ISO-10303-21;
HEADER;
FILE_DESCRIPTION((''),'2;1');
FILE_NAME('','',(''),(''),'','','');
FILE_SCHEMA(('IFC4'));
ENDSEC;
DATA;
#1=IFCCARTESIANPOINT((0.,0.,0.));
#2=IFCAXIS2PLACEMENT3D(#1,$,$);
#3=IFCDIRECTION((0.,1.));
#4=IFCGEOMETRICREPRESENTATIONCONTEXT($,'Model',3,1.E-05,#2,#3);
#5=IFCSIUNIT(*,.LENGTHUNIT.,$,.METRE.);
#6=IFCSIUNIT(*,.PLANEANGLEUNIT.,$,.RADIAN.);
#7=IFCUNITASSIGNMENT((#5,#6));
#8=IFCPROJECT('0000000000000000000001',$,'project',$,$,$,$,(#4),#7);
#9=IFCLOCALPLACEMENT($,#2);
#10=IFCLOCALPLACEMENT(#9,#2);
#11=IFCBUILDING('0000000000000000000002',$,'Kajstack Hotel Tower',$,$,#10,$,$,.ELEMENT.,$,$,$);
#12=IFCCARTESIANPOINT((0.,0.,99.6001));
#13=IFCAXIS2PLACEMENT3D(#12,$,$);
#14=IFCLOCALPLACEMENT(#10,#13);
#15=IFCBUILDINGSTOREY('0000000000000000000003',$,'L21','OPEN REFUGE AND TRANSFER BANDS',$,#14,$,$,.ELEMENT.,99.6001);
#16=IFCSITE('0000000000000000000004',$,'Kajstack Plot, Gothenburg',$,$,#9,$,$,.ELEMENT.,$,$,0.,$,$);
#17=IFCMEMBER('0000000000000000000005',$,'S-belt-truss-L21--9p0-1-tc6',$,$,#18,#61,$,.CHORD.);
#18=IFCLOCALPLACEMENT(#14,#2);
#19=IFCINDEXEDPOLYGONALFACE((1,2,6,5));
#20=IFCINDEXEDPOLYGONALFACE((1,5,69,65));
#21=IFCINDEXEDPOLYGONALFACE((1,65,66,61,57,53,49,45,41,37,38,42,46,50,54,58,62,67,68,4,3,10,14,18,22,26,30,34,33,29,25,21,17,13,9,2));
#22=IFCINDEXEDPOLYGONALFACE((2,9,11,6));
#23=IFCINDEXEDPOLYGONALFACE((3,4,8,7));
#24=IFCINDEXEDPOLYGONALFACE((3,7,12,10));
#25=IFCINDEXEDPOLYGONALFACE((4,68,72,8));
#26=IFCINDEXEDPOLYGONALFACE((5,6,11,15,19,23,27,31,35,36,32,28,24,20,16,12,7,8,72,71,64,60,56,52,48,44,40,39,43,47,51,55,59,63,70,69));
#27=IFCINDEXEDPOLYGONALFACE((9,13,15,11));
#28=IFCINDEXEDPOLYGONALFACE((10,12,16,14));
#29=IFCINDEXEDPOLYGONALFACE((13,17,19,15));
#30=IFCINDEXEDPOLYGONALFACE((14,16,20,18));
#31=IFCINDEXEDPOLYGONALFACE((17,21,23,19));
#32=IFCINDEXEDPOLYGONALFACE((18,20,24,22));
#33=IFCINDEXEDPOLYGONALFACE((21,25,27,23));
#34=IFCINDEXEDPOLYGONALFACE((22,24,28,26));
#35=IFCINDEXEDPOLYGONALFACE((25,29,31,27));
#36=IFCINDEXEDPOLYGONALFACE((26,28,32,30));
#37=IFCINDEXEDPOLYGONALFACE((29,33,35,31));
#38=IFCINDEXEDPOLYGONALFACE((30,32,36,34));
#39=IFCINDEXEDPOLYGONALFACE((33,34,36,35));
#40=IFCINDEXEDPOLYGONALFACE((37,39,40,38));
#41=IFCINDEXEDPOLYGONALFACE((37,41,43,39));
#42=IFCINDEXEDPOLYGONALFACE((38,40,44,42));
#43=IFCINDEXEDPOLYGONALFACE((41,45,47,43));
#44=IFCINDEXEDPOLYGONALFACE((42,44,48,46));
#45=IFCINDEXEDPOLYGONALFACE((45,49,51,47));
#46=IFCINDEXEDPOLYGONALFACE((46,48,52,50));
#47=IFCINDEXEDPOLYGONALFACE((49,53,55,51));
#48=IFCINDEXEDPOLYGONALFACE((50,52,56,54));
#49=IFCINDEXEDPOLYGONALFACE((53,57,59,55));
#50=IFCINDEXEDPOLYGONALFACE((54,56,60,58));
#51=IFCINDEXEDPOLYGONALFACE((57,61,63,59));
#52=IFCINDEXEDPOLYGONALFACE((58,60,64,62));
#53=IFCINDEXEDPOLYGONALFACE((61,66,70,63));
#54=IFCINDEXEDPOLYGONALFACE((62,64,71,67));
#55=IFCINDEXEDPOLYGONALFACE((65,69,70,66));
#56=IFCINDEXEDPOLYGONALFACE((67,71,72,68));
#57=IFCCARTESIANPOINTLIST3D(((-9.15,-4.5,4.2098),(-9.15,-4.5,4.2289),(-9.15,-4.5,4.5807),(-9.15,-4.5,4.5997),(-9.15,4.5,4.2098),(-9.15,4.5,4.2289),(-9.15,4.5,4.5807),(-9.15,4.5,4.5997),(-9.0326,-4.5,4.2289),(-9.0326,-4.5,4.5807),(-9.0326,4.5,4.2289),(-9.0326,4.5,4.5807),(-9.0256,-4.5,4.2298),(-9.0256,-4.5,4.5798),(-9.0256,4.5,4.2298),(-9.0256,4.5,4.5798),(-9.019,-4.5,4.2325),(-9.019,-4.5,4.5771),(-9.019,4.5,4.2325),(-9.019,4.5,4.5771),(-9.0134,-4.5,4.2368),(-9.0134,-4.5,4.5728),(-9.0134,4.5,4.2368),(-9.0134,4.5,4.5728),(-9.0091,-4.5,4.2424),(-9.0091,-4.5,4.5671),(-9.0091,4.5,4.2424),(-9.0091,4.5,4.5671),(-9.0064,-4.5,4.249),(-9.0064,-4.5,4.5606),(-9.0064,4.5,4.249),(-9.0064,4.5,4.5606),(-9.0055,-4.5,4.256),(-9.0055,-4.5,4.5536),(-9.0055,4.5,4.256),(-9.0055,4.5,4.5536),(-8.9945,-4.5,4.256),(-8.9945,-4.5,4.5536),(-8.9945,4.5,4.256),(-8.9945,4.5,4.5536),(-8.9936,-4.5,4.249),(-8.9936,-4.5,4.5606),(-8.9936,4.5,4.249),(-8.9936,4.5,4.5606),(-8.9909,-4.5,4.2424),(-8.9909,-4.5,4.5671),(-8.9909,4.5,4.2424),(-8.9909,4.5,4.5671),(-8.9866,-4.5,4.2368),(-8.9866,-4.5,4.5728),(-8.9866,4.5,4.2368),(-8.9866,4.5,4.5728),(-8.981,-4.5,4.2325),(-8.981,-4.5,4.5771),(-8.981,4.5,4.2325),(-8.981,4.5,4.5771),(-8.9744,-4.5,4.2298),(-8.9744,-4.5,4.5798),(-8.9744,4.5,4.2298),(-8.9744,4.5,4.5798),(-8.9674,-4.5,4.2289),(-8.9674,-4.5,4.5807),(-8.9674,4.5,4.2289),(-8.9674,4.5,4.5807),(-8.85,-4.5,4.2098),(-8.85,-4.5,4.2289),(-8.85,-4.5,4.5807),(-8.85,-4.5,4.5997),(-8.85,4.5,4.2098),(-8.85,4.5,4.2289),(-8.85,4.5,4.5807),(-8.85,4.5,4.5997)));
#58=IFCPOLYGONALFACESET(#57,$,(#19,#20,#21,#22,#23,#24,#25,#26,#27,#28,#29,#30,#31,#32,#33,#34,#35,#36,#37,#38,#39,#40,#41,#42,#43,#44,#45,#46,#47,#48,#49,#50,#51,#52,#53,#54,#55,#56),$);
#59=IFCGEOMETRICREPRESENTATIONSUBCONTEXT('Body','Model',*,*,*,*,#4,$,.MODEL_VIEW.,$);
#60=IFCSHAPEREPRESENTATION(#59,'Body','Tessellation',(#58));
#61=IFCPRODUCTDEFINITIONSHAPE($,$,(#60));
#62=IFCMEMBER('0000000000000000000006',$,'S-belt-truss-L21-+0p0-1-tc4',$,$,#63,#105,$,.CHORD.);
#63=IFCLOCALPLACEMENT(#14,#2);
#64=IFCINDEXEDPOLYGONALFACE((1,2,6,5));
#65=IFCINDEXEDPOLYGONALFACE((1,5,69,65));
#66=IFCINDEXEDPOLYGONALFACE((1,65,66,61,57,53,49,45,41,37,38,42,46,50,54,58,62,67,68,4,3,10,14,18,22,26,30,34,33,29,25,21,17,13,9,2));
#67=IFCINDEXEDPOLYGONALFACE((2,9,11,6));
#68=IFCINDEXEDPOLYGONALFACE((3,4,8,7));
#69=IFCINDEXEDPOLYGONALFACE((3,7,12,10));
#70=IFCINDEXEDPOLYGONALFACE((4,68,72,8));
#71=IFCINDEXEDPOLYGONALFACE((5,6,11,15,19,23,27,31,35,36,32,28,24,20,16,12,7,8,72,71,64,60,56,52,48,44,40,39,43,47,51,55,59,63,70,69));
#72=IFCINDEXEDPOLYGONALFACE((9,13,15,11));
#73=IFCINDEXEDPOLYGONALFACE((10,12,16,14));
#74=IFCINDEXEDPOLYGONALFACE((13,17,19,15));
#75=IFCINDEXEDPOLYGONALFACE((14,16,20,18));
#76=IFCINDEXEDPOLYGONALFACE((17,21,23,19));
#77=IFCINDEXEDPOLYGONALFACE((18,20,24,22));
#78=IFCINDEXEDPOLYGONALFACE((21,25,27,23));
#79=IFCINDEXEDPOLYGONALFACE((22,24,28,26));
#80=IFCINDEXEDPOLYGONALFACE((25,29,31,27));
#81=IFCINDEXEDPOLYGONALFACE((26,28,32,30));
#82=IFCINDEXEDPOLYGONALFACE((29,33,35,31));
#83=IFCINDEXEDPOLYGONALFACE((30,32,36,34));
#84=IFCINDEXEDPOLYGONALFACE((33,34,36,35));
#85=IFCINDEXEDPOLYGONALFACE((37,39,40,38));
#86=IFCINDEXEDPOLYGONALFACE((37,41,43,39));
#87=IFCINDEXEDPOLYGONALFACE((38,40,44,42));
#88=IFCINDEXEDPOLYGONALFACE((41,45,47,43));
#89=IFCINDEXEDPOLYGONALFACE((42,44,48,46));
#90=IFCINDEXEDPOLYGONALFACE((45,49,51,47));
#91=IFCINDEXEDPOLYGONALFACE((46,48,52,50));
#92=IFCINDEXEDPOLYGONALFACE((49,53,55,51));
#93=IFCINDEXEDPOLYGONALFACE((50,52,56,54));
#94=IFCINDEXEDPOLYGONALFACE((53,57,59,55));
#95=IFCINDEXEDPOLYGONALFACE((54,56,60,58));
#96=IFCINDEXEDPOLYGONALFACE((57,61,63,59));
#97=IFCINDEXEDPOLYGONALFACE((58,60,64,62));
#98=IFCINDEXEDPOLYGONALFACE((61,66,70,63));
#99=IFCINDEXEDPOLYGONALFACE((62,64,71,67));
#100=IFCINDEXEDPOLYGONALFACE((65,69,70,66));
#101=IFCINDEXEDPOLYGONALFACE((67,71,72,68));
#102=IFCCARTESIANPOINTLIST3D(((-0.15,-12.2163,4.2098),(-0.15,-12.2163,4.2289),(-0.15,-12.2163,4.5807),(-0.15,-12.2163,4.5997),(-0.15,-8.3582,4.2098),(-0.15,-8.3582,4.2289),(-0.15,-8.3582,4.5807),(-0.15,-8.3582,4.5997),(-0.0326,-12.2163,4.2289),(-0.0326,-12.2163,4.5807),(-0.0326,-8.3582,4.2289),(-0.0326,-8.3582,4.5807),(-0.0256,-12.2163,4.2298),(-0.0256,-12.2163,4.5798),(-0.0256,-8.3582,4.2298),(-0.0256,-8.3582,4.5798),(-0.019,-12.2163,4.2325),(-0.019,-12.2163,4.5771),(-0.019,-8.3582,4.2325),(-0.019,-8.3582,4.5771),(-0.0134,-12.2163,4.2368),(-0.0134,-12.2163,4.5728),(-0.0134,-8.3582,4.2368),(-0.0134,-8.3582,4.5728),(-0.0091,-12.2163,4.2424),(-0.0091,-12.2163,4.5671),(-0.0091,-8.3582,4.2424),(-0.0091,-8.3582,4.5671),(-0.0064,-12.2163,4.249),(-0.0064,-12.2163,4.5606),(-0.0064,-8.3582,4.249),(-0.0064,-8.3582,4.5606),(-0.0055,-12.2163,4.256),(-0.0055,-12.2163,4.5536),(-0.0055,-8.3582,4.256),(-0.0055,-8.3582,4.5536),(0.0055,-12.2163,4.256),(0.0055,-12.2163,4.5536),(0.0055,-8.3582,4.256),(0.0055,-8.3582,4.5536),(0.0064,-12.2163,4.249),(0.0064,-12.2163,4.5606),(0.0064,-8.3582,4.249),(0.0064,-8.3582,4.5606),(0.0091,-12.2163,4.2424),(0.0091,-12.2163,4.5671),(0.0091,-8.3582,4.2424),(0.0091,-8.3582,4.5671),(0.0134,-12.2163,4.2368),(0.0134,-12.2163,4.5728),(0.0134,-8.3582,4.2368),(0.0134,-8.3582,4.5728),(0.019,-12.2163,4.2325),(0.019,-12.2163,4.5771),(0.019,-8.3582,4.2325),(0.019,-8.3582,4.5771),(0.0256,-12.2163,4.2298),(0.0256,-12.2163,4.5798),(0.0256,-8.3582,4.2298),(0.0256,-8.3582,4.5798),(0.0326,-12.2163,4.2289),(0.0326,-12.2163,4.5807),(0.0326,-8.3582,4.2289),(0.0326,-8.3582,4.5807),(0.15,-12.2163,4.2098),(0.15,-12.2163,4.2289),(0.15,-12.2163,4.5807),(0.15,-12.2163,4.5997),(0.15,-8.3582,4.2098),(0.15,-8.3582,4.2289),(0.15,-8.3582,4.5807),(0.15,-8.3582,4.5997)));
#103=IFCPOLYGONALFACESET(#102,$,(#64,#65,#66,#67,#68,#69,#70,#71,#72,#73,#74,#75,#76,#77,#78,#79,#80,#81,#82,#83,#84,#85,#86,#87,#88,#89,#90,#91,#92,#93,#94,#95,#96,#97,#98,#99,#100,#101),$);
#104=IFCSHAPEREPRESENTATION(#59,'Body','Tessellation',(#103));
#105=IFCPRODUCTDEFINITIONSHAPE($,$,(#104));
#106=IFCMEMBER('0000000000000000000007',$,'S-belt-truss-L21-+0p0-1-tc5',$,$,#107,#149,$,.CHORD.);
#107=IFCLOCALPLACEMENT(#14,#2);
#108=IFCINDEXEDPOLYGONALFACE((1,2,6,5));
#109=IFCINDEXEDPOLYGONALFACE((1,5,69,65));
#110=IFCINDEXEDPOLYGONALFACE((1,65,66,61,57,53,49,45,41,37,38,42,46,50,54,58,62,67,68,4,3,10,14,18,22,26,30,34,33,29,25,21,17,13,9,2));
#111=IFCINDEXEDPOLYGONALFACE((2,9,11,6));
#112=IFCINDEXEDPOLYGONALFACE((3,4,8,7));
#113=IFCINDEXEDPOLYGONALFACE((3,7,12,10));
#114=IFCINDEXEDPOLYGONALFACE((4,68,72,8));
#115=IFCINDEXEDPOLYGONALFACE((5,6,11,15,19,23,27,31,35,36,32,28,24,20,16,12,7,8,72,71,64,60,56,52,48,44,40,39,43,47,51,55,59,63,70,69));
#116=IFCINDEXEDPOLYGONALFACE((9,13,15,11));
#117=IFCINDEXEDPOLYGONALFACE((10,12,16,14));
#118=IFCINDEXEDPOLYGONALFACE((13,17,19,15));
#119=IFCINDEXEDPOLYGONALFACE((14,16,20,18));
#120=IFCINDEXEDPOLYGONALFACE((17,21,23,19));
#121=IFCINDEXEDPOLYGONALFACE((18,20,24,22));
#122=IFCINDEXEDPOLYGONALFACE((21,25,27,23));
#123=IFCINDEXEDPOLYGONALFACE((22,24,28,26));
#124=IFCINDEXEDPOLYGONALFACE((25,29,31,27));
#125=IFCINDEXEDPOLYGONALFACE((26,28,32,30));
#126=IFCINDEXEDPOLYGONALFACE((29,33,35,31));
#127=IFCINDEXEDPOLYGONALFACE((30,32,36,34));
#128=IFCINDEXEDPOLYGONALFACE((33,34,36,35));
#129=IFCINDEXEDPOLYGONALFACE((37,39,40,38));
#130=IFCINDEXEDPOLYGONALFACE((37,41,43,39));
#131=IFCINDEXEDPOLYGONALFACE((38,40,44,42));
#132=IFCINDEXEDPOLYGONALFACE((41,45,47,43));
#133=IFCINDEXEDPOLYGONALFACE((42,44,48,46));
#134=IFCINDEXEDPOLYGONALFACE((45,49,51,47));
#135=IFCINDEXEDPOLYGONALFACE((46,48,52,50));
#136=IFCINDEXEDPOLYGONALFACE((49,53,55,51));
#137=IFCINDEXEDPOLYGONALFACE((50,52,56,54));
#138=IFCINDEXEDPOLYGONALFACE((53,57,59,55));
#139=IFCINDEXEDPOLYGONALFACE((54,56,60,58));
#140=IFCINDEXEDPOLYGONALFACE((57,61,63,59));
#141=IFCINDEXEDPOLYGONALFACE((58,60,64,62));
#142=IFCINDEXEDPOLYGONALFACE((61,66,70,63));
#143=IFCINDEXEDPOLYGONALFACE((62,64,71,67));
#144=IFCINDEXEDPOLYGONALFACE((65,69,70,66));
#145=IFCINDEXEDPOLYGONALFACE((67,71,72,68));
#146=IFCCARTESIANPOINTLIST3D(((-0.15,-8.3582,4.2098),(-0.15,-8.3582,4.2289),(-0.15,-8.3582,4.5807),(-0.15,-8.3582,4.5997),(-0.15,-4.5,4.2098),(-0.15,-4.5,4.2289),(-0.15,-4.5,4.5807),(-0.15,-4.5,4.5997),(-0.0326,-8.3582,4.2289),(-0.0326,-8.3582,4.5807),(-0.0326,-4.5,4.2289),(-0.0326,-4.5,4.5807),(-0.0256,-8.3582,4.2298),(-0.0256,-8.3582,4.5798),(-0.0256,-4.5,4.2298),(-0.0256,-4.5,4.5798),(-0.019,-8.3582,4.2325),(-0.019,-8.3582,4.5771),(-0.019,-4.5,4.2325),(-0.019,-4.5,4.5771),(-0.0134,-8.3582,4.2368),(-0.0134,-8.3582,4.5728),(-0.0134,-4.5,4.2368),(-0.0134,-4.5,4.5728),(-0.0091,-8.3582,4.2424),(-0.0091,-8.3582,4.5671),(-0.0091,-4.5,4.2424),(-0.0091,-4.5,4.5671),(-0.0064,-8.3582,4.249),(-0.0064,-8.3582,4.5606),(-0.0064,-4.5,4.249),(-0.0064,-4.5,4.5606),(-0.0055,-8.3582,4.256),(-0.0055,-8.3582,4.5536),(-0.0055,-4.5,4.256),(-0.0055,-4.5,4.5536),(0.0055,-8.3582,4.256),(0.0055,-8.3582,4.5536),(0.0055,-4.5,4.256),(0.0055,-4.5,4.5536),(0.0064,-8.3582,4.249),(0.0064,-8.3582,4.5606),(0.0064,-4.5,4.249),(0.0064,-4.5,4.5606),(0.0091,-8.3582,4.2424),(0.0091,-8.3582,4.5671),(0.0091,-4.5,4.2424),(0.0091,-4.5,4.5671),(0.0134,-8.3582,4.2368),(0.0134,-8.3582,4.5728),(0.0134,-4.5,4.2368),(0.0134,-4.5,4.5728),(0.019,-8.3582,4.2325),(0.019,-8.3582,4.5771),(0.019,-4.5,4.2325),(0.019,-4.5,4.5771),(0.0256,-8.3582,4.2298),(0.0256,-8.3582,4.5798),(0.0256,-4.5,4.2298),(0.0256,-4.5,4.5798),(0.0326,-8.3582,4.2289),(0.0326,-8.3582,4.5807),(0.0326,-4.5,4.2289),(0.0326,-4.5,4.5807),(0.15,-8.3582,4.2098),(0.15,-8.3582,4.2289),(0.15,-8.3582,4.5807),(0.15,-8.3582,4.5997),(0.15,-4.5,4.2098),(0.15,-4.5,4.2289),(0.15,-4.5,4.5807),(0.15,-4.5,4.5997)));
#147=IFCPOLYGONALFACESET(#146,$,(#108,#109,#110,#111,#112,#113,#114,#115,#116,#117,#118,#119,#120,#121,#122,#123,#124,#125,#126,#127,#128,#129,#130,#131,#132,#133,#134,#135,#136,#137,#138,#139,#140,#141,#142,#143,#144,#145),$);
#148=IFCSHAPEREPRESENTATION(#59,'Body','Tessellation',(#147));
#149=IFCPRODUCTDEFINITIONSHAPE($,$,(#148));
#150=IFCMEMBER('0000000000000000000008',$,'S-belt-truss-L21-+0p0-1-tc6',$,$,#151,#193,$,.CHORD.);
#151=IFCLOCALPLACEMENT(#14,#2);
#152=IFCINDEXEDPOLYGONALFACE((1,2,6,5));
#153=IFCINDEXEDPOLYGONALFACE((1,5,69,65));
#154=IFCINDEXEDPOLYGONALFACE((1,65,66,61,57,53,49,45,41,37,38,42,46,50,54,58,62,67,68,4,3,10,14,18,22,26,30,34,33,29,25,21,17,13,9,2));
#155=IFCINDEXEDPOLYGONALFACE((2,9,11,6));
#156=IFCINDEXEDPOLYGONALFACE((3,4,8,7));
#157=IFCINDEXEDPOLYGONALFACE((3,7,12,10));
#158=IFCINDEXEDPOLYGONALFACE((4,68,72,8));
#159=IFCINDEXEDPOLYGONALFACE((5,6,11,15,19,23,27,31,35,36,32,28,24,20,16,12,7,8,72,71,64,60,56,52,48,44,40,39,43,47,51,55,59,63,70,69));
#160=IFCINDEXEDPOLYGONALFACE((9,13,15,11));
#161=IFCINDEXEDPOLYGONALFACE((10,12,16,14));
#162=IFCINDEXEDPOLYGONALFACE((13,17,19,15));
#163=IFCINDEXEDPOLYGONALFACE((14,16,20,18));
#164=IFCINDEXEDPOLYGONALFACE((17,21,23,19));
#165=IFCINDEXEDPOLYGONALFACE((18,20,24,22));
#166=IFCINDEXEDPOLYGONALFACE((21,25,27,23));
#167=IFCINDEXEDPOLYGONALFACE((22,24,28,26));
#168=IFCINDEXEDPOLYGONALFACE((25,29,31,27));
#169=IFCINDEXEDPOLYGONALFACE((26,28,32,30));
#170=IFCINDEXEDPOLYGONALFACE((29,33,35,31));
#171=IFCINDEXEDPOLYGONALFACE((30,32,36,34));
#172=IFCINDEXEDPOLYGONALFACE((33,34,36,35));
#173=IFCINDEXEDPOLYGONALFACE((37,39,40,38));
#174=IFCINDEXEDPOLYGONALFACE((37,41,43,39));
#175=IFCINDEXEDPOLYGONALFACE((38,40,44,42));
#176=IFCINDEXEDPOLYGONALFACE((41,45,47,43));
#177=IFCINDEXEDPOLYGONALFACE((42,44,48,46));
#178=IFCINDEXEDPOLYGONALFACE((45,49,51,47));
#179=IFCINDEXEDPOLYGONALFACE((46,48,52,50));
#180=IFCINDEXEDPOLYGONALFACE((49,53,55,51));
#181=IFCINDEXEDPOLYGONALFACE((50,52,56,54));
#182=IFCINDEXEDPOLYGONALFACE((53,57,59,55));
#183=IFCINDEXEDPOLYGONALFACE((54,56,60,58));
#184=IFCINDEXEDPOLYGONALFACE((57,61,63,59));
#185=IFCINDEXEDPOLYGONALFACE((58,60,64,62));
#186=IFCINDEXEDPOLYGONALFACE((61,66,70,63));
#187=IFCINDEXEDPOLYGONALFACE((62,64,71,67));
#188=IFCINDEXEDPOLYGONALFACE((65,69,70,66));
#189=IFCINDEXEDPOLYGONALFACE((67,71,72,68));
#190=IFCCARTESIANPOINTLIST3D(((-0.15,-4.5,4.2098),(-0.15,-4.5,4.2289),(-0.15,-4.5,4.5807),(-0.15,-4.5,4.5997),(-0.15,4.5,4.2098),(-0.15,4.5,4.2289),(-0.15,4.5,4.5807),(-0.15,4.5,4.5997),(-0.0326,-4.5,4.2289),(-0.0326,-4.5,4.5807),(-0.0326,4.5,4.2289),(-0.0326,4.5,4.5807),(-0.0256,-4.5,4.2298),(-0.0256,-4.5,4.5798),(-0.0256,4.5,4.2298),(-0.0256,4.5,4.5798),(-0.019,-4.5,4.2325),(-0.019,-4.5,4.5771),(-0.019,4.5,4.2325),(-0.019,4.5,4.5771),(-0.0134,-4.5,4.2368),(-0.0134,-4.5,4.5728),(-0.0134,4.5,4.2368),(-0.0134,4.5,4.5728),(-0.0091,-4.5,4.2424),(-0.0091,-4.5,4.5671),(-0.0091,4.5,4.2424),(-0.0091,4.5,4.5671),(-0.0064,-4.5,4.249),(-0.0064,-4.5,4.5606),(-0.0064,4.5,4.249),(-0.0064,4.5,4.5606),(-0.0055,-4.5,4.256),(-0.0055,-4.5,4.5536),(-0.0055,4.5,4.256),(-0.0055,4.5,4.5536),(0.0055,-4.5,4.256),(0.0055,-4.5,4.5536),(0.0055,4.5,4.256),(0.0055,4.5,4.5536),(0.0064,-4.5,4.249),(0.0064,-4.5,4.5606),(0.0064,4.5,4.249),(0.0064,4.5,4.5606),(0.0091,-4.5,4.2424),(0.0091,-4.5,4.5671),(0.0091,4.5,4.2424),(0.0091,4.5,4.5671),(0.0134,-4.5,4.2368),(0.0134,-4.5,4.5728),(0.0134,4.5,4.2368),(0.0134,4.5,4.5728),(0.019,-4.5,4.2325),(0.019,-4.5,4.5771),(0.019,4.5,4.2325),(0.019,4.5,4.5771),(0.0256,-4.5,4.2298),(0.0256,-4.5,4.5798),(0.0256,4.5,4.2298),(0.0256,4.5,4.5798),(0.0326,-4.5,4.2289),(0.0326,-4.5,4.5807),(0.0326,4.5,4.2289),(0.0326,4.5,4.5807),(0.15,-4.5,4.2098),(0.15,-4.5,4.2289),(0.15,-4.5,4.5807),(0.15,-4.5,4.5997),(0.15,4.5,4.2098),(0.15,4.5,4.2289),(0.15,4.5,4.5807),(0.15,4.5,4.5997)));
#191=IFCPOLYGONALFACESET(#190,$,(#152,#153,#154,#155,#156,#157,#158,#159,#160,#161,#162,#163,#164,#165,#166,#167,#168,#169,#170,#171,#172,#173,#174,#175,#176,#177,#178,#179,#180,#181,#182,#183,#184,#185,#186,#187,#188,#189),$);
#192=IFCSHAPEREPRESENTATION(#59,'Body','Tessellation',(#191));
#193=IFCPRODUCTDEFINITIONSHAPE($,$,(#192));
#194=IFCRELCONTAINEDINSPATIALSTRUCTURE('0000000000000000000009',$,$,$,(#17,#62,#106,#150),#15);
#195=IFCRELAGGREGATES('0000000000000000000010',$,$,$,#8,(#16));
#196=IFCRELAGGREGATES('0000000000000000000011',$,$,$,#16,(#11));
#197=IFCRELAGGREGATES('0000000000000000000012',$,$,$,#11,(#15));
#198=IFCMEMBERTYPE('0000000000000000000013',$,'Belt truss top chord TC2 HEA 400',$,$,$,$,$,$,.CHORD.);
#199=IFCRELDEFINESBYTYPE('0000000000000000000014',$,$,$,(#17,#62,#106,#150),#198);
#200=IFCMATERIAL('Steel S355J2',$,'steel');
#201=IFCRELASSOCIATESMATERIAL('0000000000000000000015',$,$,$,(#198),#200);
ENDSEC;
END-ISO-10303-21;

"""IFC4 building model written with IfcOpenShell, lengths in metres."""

from ifc_helpers import new_model, si_unit, direction, frame, origin, origin_2d, place, context, subcontext, project, spatial, i_section, extrude, material, material_profile, profile_set, type_object, element, save


model = new_model("IFC4")

# Units and contexts
model_context = context("Model", 3, precision=1e-05, world=origin(), true_north=direction((0.0, 1.0)))
body_context = subcontext(model_context, "Body", "Model", "MODEL_VIEW")
ifc_project = project(units=[si_unit("LENGTHUNIT", "METRE"), si_unit("PLANEANGLEUNIT", "RADIAN")], contexts=[model_context])

# Site, building, storey
site_placement = place(None, origin())
site = spatial("IfcSite", under=ifc_project, at=site_placement, Name="Kajstack Plot, Gothenburg", CompositionType="ELEMENT", RefElevation=0.0)
building_placement = place(site_placement, origin())
building = spatial("IfcBuilding", under=site, at=building_placement, Name="Kajstack Hotel Tower", CompositionType="ELEMENT")
storey_placement = place(building_placement, frame((0.0, 0.0, 99.6001)))
storey = spatial("IfcBuildingStorey", under=building, at=storey_placement, Name="L21", Description="OPEN REFUGE AND TRANSFER BANDS", CompositionType="ELEMENT", Elevation=99.6001)

# Members
ifc_material_1 = material(Name="Steel S355J2", Category="steel")
ifc_material_profile_1 = material_profile(ifc_material_1, i_section(OverallWidth=0.3, OverallDepth=0.3899, WebThickness=0.011, FlangeThickness=0.019, FilletRadius=0.0271, at=origin_2d()), Name="HEA 400")
ifc_profile_set_1 = profile_set([ifc_material_profile_1], Name="Steel S355J2")
member_type_1 = type_object("IfcMemberType", Name="Belt truss top chord TC2 HEA 400", PredefinedType="CHORD", material=ifc_profile_set_1)
member_1_placement = place(storey_placement, frame((-9.0, -4.5, 4.4048), z_axis=(0.0, 1.0, 0.0), x_axis=(-1.0, 0.0, 0.0)))
element("IfcMember", 1, at=member_1_placement, inside=storey, type_object=member_type_1, Name="S-belt-truss-L21--9p0-1-tc6", PredefinedType="CHORD", context=body_context, shape_type="SweptSolid", body=[
    extrude(i_section(OverallWidth=0.3, OverallDepth=0.3899, WebThickness=0.011, FlangeThickness=0.019, FilletRadius=0.0271, at=origin_2d()), origin(), (0.0, 0.0, 1.0), 9.0),
])
for number, where, z_axis, x_axis, name in (
    (2, (0.0, -12.2163, 4.4048), (0.0, 1.0, 0.0), (-1.0, 0.0, 0.0), "S-belt-truss-L21-+0p0-1-tc4"),
    (3, (0.0, -8.3582, 4.4048), (0.0, 1.0, 0.0), (-1.0, 0.0, 0.0), "S-belt-truss-L21-+0p0-1-tc5"),
):
    element("IfcMember", number, at=place(storey_placement, frame(where, z_axis=z_axis, x_axis=x_axis)), inside=storey, type_object=member_type_1, Name=name, PredefinedType="CHORD", context=body_context, shape_type="SweptSolid", body=[
        extrude(i_section(OverallWidth=0.3, OverallDepth=0.3899, WebThickness=0.011, FlangeThickness=0.019, FilletRadius=0.0271, at=origin_2d()), origin(), (0.0, 0.0, 1.0), 3.8582),
    ])
member_2_placement = place(storey_placement, frame((0.0, -4.5, 4.4048), z_axis=(0.0, 1.0, 0.0), x_axis=(-1.0, 0.0, 0.0)))
element("IfcMember", 4, at=member_2_placement, inside=storey, type_object=member_type_1, Name="S-belt-truss-L21-+0p0-1-tc6", PredefinedType="CHORD", context=body_context, shape_type="SweptSolid", body=[
    extrude(i_section(OverallWidth=0.3, OverallDepth=0.3899, WebThickness=0.011, FlangeThickness=0.019, FilletRadius=0.0271, at=origin_2d()), origin(), (0.0, 0.0, 1.0), 9.0),
])

save(model, "model.ifc")
